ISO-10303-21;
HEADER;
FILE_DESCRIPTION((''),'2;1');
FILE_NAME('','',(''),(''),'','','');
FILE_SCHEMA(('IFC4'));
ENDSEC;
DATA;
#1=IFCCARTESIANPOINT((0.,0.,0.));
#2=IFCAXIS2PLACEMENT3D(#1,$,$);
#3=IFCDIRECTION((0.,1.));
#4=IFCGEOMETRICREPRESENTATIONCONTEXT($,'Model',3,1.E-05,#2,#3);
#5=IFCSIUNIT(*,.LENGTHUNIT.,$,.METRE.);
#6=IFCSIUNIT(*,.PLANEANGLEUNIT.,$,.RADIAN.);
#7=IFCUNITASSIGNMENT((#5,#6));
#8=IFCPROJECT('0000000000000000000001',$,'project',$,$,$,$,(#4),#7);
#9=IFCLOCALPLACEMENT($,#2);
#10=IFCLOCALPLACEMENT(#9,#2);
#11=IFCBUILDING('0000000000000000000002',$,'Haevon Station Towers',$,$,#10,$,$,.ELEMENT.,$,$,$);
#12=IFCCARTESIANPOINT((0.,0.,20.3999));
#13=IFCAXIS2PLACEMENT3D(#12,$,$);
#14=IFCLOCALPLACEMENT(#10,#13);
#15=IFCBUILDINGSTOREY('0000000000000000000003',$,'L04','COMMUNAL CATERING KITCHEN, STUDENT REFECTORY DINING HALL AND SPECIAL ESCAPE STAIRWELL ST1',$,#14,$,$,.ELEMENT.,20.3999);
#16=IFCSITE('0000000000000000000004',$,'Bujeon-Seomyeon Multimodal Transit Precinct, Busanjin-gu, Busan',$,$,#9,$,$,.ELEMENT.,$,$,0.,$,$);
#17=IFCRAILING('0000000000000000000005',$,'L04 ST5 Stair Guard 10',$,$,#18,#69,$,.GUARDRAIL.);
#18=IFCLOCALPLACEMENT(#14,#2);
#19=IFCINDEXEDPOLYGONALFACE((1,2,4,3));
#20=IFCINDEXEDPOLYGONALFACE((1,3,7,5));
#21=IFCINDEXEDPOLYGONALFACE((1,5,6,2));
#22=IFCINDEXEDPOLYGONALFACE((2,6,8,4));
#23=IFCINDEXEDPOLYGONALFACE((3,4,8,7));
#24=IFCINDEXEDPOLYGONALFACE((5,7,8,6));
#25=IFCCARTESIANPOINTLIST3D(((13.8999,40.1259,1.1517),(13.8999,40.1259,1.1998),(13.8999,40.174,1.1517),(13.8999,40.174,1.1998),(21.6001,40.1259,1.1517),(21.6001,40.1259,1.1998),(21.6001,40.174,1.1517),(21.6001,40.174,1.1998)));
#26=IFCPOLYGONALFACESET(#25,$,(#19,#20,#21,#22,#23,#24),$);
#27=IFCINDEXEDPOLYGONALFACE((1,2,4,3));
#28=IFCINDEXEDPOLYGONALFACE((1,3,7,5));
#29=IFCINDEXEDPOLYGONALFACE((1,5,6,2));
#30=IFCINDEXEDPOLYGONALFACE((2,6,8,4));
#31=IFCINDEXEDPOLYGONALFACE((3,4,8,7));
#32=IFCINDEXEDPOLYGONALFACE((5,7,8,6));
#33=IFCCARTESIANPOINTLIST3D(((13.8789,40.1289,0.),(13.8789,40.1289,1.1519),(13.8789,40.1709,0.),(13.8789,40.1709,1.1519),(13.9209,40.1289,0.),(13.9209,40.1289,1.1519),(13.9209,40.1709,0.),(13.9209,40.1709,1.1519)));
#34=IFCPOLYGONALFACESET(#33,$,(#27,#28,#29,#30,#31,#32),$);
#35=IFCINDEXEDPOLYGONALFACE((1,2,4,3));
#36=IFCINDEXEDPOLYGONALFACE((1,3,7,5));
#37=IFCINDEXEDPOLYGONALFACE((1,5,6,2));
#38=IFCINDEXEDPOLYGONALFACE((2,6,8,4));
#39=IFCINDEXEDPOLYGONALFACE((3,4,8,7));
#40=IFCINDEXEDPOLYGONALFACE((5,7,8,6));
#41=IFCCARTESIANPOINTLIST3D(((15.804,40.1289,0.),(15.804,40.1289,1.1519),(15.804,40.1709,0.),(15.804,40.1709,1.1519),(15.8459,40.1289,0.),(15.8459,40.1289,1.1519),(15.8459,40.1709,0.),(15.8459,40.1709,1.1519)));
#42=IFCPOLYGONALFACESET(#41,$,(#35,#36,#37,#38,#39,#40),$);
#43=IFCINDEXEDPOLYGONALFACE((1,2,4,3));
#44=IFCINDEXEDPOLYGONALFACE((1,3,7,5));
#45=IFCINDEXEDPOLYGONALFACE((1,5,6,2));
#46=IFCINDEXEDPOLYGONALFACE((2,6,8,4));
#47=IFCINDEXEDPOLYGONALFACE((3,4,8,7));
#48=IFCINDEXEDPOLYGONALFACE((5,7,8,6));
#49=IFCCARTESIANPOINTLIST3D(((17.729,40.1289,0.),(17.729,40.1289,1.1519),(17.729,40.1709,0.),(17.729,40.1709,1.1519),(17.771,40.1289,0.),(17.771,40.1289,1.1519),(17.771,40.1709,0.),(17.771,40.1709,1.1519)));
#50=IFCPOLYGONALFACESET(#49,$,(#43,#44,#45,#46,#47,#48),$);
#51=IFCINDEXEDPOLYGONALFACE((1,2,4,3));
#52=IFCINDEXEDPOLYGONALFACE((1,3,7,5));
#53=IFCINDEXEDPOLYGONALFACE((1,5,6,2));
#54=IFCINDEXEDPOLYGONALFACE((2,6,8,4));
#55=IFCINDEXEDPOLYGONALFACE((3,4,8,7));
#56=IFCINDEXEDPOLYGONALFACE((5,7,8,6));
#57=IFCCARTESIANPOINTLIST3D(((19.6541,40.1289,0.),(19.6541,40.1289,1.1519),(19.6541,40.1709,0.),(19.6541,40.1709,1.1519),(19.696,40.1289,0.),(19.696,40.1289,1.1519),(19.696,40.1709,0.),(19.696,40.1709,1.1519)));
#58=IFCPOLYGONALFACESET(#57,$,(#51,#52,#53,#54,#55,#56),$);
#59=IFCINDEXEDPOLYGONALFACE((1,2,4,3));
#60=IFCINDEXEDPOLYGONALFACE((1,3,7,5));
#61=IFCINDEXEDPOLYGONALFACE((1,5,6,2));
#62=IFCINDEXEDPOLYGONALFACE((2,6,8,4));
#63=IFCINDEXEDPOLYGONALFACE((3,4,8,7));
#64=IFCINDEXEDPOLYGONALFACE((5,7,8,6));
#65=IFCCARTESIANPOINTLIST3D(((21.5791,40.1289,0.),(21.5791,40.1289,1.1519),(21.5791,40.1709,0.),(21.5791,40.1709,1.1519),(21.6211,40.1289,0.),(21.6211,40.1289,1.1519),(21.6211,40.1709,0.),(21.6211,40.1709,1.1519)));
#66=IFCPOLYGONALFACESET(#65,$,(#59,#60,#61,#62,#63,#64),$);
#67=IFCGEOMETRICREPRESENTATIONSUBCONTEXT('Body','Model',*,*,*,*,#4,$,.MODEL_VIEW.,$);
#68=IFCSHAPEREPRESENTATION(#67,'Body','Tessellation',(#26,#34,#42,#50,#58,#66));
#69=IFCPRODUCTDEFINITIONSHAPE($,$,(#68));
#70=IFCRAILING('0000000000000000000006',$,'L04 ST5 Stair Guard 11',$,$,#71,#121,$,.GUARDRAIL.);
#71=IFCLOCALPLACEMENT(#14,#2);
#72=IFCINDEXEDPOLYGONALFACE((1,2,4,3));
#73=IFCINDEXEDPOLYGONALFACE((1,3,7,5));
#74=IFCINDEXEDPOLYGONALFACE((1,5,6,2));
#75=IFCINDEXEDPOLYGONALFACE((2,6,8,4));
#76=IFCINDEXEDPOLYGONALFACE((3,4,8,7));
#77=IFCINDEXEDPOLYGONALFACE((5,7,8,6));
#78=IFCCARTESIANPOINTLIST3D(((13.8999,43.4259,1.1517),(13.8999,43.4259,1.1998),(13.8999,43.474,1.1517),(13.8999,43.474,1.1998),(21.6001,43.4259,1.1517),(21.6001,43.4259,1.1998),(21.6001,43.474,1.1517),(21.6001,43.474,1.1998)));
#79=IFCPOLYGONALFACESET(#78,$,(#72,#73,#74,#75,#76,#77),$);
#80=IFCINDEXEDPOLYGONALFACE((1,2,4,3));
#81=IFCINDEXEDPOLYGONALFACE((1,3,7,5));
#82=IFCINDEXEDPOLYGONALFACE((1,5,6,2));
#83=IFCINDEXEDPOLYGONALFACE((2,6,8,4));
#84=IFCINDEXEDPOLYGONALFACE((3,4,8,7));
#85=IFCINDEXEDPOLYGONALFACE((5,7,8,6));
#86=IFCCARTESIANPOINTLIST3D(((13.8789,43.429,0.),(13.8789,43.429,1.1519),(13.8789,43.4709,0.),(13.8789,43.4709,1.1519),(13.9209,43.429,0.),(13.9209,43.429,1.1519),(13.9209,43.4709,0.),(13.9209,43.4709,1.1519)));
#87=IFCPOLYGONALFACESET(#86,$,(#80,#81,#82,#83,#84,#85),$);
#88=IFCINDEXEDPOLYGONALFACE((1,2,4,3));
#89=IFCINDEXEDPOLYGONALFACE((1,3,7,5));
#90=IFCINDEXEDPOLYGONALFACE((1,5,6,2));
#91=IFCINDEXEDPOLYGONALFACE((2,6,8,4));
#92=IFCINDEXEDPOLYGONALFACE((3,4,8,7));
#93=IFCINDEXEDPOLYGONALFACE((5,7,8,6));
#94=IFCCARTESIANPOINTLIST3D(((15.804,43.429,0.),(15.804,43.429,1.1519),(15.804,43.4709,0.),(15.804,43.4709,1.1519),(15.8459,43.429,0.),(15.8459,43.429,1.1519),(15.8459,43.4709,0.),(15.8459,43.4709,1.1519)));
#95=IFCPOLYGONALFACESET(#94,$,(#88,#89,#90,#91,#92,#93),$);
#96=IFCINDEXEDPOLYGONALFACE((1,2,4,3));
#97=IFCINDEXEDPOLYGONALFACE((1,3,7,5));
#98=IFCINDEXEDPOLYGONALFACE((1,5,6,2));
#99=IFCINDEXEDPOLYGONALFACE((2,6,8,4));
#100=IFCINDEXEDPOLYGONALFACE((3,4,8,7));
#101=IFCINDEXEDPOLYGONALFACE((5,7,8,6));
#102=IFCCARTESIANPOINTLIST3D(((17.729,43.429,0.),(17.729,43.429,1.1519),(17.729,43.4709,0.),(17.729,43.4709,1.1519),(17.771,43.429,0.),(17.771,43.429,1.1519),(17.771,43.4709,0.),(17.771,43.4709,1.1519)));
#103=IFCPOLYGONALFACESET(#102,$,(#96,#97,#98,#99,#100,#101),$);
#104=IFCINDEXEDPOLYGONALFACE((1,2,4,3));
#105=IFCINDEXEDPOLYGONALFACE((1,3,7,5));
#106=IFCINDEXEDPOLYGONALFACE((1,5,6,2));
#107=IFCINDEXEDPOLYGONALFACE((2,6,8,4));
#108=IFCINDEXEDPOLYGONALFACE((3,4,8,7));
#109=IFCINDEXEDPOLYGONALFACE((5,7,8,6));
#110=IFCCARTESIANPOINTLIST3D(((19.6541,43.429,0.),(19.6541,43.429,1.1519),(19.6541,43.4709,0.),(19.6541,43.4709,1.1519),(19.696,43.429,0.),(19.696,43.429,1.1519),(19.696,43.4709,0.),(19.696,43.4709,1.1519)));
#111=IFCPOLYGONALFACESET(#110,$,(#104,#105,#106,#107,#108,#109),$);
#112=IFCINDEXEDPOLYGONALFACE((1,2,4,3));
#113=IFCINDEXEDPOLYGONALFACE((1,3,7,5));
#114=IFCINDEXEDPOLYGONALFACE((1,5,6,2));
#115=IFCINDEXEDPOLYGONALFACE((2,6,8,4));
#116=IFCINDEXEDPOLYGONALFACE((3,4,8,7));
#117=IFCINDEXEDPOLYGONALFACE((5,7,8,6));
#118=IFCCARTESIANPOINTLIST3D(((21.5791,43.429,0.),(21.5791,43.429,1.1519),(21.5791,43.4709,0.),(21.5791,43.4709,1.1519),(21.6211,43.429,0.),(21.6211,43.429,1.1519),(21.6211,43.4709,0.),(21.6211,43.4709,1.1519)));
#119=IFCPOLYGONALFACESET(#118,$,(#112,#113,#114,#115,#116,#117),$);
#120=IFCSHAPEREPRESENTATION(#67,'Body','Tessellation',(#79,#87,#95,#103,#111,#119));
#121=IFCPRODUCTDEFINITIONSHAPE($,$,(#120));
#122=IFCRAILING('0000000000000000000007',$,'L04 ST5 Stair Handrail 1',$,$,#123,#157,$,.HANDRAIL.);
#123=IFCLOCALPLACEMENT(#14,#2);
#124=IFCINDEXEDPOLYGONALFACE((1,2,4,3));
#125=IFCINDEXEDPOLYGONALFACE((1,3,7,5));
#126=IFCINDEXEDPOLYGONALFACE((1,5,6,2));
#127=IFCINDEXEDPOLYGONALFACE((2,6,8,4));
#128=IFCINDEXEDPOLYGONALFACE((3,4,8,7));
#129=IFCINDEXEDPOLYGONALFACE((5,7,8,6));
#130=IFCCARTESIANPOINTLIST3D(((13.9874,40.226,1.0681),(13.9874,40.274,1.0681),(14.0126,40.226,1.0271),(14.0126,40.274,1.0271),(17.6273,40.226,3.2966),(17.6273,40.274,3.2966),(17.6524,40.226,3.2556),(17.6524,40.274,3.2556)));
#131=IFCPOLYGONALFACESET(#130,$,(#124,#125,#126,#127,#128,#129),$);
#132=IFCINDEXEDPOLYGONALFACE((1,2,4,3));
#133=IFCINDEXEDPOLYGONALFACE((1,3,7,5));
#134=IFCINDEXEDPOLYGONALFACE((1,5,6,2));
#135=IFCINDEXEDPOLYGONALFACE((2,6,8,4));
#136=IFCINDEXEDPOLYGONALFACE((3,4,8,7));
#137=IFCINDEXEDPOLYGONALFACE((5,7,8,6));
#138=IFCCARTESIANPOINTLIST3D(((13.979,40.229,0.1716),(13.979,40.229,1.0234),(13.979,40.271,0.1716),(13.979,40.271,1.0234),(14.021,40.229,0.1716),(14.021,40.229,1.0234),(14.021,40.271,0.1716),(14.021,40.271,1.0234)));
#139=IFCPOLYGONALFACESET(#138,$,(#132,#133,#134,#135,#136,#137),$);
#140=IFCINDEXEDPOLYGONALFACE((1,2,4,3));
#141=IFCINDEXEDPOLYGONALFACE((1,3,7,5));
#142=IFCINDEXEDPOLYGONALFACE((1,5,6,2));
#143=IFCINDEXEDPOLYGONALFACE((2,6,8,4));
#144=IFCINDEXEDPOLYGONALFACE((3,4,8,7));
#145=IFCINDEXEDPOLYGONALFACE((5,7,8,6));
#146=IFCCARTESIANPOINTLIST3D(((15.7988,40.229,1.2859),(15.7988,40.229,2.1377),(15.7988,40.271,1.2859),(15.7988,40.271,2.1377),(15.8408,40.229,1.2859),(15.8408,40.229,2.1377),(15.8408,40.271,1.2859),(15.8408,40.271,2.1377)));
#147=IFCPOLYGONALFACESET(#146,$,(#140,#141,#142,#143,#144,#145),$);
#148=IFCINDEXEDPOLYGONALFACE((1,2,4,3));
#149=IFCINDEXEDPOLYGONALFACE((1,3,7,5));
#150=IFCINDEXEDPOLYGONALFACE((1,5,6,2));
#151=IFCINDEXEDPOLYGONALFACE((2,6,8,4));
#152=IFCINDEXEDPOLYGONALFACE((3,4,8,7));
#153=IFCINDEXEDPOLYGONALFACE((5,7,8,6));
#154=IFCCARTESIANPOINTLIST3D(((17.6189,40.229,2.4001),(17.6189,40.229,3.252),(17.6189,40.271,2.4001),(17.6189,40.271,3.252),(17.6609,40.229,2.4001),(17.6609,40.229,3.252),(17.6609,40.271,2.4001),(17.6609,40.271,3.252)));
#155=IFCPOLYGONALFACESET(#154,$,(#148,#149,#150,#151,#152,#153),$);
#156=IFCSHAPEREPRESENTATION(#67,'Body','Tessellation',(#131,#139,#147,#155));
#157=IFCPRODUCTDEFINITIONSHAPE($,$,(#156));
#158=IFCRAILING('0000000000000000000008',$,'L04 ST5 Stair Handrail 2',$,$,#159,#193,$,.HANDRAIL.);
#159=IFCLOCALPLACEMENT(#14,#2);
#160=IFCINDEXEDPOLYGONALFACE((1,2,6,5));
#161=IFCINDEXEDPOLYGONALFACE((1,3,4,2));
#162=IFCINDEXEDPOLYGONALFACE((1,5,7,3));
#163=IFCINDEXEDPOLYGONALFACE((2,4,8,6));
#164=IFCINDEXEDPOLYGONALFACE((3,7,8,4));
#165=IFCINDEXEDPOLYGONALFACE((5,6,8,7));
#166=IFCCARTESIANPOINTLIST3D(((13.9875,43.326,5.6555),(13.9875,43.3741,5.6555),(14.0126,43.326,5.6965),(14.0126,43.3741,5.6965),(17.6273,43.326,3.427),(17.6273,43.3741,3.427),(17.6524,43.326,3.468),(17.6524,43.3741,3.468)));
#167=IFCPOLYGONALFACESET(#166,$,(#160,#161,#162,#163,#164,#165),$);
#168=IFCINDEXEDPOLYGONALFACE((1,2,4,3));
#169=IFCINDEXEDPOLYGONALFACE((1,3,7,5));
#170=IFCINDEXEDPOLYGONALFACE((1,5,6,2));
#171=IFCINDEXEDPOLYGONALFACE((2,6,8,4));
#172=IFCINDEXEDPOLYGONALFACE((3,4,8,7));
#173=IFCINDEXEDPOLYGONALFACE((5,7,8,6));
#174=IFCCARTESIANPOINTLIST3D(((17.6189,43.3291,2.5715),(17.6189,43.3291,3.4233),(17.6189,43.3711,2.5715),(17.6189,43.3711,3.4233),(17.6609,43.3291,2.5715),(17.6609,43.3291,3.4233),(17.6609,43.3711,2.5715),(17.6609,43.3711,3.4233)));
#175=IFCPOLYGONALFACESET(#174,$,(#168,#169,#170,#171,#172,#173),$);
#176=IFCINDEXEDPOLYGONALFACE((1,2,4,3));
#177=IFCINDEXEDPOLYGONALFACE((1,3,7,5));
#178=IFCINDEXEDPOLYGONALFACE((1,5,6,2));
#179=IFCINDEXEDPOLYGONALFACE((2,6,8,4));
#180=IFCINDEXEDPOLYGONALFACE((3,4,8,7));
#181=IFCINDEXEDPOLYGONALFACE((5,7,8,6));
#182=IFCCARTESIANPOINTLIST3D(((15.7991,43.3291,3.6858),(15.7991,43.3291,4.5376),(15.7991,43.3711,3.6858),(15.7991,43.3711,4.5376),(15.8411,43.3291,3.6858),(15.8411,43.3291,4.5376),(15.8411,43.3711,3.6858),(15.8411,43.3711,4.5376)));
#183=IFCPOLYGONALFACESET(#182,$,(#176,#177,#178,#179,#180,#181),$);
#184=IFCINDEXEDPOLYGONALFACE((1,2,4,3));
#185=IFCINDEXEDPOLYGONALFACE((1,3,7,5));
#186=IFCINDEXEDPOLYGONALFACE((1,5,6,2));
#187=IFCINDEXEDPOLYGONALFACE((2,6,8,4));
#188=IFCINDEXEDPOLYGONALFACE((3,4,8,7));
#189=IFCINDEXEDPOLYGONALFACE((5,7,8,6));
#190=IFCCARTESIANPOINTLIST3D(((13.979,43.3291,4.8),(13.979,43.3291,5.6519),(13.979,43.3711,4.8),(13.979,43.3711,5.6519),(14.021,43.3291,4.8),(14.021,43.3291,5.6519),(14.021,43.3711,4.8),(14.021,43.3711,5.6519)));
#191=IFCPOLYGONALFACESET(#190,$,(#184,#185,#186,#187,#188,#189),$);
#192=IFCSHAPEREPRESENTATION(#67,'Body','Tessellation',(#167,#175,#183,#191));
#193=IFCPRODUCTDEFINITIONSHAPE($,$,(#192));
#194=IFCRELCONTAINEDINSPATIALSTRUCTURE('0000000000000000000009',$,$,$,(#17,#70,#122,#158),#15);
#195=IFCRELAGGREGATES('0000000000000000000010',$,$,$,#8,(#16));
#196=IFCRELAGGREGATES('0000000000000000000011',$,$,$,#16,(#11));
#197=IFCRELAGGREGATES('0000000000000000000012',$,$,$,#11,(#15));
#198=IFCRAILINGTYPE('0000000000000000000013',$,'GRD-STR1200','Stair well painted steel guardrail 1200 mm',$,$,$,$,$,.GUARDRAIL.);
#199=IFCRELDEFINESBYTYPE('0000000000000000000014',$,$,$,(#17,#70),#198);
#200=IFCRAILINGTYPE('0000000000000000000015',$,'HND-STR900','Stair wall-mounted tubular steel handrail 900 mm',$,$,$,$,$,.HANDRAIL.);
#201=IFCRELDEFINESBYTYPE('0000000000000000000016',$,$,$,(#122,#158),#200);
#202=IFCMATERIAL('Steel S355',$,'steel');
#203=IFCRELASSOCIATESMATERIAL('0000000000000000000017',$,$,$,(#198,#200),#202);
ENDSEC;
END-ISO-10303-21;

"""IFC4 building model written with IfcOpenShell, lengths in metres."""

from ifc_helpers import new_model, si_unit, direction, frame, origin, origin_2d, place, context, subcontext, project, spatial, rectangle, extrude, material, type_object, element, save


model = new_model("IFC4")

# Units and contexts
model_context = context("Model", 3, precision=1e-05, world=origin(), true_north=direction((0.0, 1.0)))
body_context = subcontext(model_context, "Body", "Model", "MODEL_VIEW")
ifc_project = project(units=[si_unit("LENGTHUNIT", "METRE"), si_unit("PLANEANGLEUNIT", "RADIAN")], contexts=[model_context])

# Site, building, storey
site_placement = place(None, origin())
site = spatial("IfcSite", under=ifc_project, at=site_placement, Name="Bujeon-Seomyeon Multimodal Transit Precinct, Busanjin-gu, Busan", CompositionType="ELEMENT", RefElevation=0.0)
building_placement = place(site_placement, origin())
building = spatial("IfcBuilding", under=site, at=building_placement, Name="Haevon Station Towers", CompositionType="ELEMENT")
storey_placement = place(building_placement, frame((0.0, 0.0, 20.3999)))
storey = spatial("IfcBuildingStorey", under=building, at=storey_placement, Name="L04", Description="COMMUNAL CATERING KITCHEN, STUDENT REFECTORY DINING HALL AND SPECIAL ESCAPE STAIRWELL ST1", CompositionType="ELEMENT", Elevation=20.3999)

# Shared definitions
ifc_material_1 = material(Name="Steel S355", Category="steel")

# Railings
railing_type_1 = type_object("IfcRailingType", Name="GRD-STR1200", Description="Stair well painted steel guardrail 1200 mm", PredefinedType="GUARDRAIL", material=ifc_material_1)
for number, where, name in (
    (1, (13.8999, 40.1499, 0.0), "L04 ST5 Stair Guard 10"),
    (2, (13.8999, 43.45, 0.0), "L04 ST5 Stair Guard 11"),
):
    element("IfcRailing", number, at=place(storey_placement, frame(where)), inside=storey, type_object=railing_type_1, Name=name, PredefinedType="GUARDRAIL", context=body_context, shape_type="SweptSolid", body=[
        extrude(rectangle(XDim=0.0481, YDim=0.0481, at=origin_2d()), frame((0.0, 0.0, 1.1758), z_axis=(1.0, 0.0, 0.0), x_axis=(0.0, 1.0, 0.0)), (0.0, 0.0, 1.0), 7.7002),
        extrude(rectangle(XDim=0.042, YDim=0.042, at=origin_2d()), origin(), (0.0, 0.0, 1.0), 1.1519),
        extrude(rectangle(XDim=0.042, YDim=0.042, at=origin_2d()), frame((1.925, 0.0, 0.0)), (0.0, 0.0, 1.0), 1.1519),
        extrude(rectangle(XDim=0.042, YDim=0.042, at=origin_2d()), frame((3.8501, 0.0, 0.0)), (0.0, 0.0, 1.0), 1.1519),
        extrude(rectangle(XDim=0.042, YDim=0.042, at=origin_2d()), frame((5.7751, 0.0, 0.0)), (0.0, 0.0, 1.0), 1.1519),
        extrude(rectangle(XDim=0.042, YDim=0.042, at=origin_2d()), frame((7.7002, 0.0, 0.0)), (0.0, 0.0, 1.0), 1.1519),
    ])
railing_type_2 = type_object("IfcRailingType", Name="HND-STR900", Description="Stair wall-mounted tubular steel handrail 900 mm", PredefinedType="HANDRAIL", material=ifc_material_1)
railing_1_placement = place(storey_placement, frame((14.0, 40.25, 0.1716)))
element("IfcRailing", 3, at=railing_1_placement, inside=storey, type_object=railing_type_2, Name="L04 ST5 Stair Handrail 1", PredefinedType="HANDRAIL", context=body_context, shape_type="SweptSolid", body=[
    extrude(rectangle(XDim=0.0481, YDim=0.0481, at=origin_2d()), frame((0.0, 0.0, 0.876), z_axis=(0.85285, 0.0, 0.522156), x_axis=(0.0, 1.0, 0.0)), (0.0, 0.0, 1.0), 4.2678),
    extrude(rectangle(XDim=0.042, YDim=0.042, at=origin_2d()), origin(), (0.0, 0.0, 1.0), 0.8518),
    extrude(rectangle(XDim=0.042, YDim=0.042, at=origin_2d()), frame((1.8198, 0.0, 1.1143)), (0.0, 0.0, 1.0), 0.8518),
    extrude(rectangle(XDim=0.042, YDim=0.042, at=origin_2d()), frame((3.6399, 0.0, 2.2285)), (0.0, 0.0, 1.0), 0.8518),
])
railing_2_placement = place(storey_placement, frame((17.6399, 43.3501, 2.5715)))
element("IfcRailing", 4, at=railing_2_placement, inside=storey, type_object=railing_type_2, Name="L04 ST5 Stair Handrail 2", PredefinedType="HANDRAIL", context=body_context, shape_type="SweptSolid", body=[
    extrude(rectangle(XDim=0.0481, YDim=0.0481, at=origin_2d()), frame((0.0, 0.0, 0.876), z_axis=(-0.85285, 0.0, 0.522156), x_axis=(0.0, -1.0, 0.0)), (0.0, 0.0, 1.0), 4.2678),
    extrude(rectangle(XDim=0.042, YDim=0.042, at=origin_2d()), origin(), (0.0, 0.0, 1.0), 0.8518),
    extrude(rectangle(XDim=0.042, YDim=0.042, at=origin_2d()), frame((-1.8198, 0.0, 1.1143)), (0.0, 0.0, 1.0), 0.8518),
    extrude(rectangle(XDim=0.042, YDim=0.042, at=origin_2d()), frame((-3.6399, 0.0, 2.2285)), (0.0, 0.0, 1.0), 0.8518),
])

save(model, "model.ifc")
